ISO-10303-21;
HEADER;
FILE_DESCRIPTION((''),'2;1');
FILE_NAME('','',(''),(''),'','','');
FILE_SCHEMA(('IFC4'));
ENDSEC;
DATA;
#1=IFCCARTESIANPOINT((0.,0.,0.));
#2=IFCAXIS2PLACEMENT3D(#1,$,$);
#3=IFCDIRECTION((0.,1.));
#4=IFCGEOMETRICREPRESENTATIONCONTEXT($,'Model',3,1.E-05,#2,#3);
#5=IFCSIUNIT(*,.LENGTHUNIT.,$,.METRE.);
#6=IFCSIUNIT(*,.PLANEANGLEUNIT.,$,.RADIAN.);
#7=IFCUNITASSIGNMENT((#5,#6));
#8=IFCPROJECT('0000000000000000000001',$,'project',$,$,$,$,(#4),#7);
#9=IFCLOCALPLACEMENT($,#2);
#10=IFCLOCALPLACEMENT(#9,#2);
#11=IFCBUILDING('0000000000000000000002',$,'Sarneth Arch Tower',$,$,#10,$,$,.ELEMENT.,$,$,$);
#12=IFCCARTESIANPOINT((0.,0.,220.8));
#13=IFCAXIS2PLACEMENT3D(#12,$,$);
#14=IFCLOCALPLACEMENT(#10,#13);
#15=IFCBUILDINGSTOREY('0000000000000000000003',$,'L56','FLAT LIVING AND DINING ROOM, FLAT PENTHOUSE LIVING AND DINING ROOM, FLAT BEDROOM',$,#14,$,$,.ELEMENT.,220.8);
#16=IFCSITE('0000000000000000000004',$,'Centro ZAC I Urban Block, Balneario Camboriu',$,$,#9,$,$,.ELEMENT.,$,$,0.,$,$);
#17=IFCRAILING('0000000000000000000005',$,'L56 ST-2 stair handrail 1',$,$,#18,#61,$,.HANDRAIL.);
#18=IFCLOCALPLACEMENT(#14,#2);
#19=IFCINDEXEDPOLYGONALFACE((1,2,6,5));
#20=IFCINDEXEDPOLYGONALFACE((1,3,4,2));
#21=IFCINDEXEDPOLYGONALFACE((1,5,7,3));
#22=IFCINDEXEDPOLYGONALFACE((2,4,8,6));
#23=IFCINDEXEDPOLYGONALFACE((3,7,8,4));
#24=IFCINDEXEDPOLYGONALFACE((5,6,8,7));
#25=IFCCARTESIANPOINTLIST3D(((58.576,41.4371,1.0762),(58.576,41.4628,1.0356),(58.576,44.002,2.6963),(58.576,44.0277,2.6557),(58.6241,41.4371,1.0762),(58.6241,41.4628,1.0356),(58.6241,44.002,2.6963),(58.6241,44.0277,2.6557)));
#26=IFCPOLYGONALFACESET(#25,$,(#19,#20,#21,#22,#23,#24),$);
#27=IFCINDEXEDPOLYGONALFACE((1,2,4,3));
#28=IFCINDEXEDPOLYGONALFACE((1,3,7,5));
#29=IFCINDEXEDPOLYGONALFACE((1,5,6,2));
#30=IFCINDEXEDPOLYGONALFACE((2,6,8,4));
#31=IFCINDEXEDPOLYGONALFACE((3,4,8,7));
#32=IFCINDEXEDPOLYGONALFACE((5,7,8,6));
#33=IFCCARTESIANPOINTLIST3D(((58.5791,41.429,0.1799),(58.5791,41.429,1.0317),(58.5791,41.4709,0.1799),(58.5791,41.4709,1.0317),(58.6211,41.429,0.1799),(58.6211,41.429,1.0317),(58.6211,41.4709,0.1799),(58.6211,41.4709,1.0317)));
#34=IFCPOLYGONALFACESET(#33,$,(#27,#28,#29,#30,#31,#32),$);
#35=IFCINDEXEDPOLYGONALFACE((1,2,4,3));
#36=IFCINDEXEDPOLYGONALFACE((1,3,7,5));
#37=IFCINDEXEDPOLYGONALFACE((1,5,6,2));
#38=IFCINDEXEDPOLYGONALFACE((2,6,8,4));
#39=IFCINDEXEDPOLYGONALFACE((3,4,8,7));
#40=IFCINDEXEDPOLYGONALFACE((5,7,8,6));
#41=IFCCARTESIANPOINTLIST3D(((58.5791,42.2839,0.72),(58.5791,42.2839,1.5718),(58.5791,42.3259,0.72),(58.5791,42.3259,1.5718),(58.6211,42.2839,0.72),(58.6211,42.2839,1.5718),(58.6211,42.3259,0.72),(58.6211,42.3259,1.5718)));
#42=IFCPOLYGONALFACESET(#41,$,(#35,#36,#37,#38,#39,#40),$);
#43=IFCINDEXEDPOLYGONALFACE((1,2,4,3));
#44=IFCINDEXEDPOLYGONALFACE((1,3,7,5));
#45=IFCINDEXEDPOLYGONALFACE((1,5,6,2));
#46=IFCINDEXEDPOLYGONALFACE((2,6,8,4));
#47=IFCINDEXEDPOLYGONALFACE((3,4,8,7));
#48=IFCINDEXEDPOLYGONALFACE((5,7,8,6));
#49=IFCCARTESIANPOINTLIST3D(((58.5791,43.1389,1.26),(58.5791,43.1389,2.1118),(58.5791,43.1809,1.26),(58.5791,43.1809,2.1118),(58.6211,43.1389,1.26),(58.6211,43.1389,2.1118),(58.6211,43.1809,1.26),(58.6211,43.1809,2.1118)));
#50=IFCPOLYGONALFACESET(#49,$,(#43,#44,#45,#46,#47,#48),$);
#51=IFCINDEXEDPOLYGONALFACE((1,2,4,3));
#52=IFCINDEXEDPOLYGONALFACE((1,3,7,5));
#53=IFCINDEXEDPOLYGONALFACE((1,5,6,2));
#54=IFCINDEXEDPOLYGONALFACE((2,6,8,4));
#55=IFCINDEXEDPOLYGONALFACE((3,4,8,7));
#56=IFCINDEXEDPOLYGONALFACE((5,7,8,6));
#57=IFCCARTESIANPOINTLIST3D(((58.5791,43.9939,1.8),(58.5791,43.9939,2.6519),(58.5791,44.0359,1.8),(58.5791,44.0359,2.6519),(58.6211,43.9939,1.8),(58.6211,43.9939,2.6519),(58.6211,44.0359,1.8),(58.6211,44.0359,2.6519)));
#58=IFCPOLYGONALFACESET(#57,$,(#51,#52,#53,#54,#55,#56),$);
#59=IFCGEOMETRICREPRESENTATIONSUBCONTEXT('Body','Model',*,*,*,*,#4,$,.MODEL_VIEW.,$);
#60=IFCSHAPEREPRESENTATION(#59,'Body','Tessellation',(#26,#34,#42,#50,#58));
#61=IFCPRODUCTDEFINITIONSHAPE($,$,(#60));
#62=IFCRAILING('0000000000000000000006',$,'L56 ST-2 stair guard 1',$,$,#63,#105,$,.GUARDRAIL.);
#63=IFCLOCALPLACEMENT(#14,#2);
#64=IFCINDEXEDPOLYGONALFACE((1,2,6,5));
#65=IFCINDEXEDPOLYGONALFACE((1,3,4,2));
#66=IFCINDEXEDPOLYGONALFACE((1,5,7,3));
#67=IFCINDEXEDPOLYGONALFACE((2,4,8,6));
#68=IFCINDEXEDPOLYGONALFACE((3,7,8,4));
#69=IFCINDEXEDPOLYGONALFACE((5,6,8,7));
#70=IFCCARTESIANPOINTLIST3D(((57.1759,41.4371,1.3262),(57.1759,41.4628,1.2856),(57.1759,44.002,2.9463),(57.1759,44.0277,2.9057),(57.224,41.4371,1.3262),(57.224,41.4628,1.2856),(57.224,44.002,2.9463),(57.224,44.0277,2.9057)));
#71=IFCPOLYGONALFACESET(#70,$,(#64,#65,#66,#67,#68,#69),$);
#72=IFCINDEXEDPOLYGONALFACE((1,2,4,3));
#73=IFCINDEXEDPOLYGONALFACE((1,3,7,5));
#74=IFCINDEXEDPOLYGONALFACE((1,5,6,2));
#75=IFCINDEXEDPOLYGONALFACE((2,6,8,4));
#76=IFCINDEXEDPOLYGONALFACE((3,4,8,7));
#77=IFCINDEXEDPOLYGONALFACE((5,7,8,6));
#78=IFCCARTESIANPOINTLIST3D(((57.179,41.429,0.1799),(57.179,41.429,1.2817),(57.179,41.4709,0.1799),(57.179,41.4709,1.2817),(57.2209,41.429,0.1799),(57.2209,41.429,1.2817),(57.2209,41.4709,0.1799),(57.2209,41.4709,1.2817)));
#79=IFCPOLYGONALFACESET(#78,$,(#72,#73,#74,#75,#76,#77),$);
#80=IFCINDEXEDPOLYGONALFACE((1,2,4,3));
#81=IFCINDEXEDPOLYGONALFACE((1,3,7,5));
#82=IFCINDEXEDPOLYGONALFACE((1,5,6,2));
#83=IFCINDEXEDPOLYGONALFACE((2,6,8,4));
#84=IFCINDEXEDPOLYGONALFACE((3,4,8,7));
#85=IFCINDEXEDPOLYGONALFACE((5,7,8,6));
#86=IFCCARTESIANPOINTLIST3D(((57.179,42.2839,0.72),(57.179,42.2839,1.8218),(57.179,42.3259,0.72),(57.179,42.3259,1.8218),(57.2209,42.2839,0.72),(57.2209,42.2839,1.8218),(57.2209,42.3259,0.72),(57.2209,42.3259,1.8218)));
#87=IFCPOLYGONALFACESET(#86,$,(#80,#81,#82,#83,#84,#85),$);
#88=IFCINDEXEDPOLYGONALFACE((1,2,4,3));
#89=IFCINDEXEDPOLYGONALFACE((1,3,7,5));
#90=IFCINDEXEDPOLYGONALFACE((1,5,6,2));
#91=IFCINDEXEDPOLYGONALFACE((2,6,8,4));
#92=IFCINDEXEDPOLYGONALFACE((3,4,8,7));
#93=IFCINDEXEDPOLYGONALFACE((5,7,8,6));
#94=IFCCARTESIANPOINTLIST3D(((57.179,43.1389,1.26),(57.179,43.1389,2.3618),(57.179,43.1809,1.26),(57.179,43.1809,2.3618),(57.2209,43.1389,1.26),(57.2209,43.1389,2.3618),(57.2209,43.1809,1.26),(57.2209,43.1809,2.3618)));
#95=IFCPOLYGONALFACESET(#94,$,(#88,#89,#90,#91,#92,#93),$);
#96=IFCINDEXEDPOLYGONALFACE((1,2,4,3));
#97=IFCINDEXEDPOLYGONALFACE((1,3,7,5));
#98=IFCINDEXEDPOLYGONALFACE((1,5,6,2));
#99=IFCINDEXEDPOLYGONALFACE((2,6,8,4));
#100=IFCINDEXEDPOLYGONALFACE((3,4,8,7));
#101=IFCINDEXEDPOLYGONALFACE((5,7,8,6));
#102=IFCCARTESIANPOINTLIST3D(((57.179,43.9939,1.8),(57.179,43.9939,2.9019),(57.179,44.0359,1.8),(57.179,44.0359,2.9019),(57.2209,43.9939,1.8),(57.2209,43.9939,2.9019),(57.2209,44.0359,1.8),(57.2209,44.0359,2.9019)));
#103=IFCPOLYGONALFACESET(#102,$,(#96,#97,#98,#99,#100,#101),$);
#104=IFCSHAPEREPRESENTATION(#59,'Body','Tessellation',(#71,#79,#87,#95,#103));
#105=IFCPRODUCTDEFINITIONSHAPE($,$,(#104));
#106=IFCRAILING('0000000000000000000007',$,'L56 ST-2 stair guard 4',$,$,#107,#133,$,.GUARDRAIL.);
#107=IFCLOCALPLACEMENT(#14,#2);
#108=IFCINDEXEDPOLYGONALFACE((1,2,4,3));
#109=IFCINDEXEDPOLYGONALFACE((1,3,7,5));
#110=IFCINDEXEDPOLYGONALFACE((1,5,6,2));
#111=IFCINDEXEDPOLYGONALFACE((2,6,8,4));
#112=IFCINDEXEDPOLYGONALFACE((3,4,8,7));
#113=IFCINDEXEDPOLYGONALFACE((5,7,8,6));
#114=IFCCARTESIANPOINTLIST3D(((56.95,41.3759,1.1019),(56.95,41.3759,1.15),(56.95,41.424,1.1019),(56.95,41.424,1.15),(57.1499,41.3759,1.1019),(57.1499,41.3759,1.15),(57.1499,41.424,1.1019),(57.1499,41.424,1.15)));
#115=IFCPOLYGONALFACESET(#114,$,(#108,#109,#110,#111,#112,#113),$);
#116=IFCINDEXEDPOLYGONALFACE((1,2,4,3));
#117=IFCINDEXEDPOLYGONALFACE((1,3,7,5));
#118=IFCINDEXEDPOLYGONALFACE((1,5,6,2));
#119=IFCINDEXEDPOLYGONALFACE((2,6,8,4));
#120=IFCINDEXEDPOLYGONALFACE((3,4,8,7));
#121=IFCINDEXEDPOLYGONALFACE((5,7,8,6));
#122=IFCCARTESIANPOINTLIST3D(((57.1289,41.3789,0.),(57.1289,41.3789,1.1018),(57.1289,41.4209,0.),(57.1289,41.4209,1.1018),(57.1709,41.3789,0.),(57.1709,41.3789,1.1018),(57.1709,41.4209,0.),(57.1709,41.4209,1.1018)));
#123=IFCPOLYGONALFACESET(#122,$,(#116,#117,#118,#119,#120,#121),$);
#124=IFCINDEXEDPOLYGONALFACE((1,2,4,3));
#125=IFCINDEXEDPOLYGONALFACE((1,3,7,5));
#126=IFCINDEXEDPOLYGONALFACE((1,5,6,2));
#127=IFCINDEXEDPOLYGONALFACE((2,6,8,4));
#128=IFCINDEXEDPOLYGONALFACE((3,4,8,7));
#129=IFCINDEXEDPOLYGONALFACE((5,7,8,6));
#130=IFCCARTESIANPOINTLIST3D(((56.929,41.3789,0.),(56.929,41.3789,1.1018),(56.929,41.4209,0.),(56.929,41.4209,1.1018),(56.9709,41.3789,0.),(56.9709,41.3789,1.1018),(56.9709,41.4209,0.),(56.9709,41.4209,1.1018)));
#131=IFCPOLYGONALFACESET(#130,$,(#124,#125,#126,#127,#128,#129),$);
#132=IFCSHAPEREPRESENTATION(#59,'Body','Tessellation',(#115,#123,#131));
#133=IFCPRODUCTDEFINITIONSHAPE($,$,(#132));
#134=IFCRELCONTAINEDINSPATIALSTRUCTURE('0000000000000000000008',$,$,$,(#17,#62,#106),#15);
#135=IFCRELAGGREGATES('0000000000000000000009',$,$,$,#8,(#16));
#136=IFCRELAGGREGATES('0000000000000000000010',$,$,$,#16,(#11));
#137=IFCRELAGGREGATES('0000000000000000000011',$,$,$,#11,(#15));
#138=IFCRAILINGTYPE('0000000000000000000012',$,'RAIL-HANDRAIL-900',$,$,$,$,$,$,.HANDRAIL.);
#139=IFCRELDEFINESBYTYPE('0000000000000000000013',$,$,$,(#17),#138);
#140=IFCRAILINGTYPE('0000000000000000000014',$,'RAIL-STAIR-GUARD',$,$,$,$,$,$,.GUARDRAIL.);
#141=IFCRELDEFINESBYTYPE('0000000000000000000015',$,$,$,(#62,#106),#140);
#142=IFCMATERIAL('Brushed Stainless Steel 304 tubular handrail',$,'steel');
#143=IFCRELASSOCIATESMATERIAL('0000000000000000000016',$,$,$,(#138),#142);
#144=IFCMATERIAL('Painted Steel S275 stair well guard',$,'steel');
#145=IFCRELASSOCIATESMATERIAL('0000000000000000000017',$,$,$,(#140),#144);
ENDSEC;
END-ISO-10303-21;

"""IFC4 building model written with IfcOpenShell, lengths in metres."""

from ifc_helpers import new_model, si_unit, direction, frame, origin, origin_2d, place, context, subcontext, project, spatial, rectangle, extrude, material, type_object, element, save


model = new_model("IFC4")

# Units and contexts
model_context = context("Model", 3, precision=1e-05, world=origin(), true_north=direction((0.0, 1.0)))
body_context = subcontext(model_context, "Body", "Model", "MODEL_VIEW")
ifc_project = project(units=[si_unit("LENGTHUNIT", "METRE"), si_unit("PLANEANGLEUNIT", "RADIAN")], contexts=[model_context])

# Site, building, storey
site_placement = place(None, origin())
site = spatial("IfcSite", under=ifc_project, at=site_placement, Name="Centro ZAC I Urban Block, Balneario Camboriu", CompositionType="ELEMENT", RefElevation=0.0)
building_placement = place(site_placement, origin())
building = spatial("IfcBuilding", under=site, at=building_placement, Name="Sarneth Arch Tower", CompositionType="ELEMENT")
storey_placement = place(building_placement, frame((0.0, 0.0, 220.8)))
storey = spatial("IfcBuildingStorey", under=building, at=storey_placement, Name="L56", Description="FLAT LIVING AND DINING ROOM, FLAT PENTHOUSE LIVING AND DINING ROOM, FLAT BEDROOM", CompositionType="ELEMENT", Elevation=220.8)

# Railings
ifc_material_1 = material(Name="Brushed Stainless Steel 304 tubular handrail", Category="steel")
railing_type_1 = type_object("IfcRailingType", Name="RAIL-HANDRAIL-900", PredefinedType="HANDRAIL", material=ifc_material_1)
railing_1_placement = place(storey_placement, frame((58.6001, 41.45, 0.1799)))
element("IfcRailing", 1, at=railing_1_placement, inside=storey, type_object=railing_type_1, Name="L56 ST-2 stair handrail 1", PredefinedType="HANDRAIL", context=body_context, shape_type="SweptSolid", body=[
    extrude(rectangle(XDim=0.0481, YDim=0.0481, at=origin_2d()), frame((0.0, 0.0, 0.876), z_axis=(0.0, 0.845466, 0.534029), x_axis=(-1.0, 0.0, 0.0)), (0.0, 0.0, 1.0), 3.0337),
    extrude(rectangle(XDim=0.042, YDim=0.042, at=origin_2d()), origin(), (0.0, 0.0, 1.0), 0.8518),
    extrude(rectangle(XDim=0.042, YDim=0.042, at=origin_2d()), frame((0.0, 0.855, 0.54)), (0.0, 0.0, 1.0), 0.8518),
    extrude(rectangle(XDim=0.042, YDim=0.042, at=origin_2d()), frame((0.0, 1.71, 1.0801)), (0.0, 0.0, 1.0), 0.8518),
    extrude(rectangle(XDim=0.042, YDim=0.042, at=origin_2d()), frame((0.0, 2.5649, 1.6201)), (0.0, 0.0, 1.0), 0.8518),
])
ifc_material_2 = material(Name="Painted Steel S275 stair well guard", Category="steel")
railing_type_2 = type_object("IfcRailingType", Name="RAIL-STAIR-GUARD", PredefinedType="GUARDRAIL", material=ifc_material_2)
railing_2_placement = place(storey_placement, frame((57.2, 41.45, 0.1799)))
element("IfcRailing", 2, at=railing_2_placement, inside=storey, type_object=railing_type_2, Name="L56 ST-2 stair guard 1", PredefinedType="GUARDRAIL", context=body_context, shape_type="SweptSolid", body=[
    extrude(rectangle(XDim=0.0481, YDim=0.0481, at=origin_2d()), frame((0.0, 0.0, 1.126), z_axis=(0.0, 0.845466, 0.534029), x_axis=(-1.0, 0.0, 0.0)), (0.0, 0.0, 1.0), 3.0337),
    extrude(rectangle(XDim=0.042, YDim=0.042, at=origin_2d()), origin(), (0.0, 0.0, 1.0), 1.1018),
    extrude(rectangle(XDim=0.042, YDim=0.042, at=origin_2d()), frame((0.0, 0.855, 0.54)), (0.0, 0.0, 1.0), 1.1018),
    extrude(rectangle(XDim=0.042, YDim=0.042, at=origin_2d()), frame((0.0, 1.71, 1.0801)), (0.0, 0.0, 1.0), 1.1018),
    extrude(rectangle(XDim=0.042, YDim=0.042, at=origin_2d()), frame((0.0, 2.5649, 1.6201)), (0.0, 0.0, 1.0), 1.1018),
])
railing_3_placement = place(storey_placement, frame((57.1499, 41.3999, 0.0)))
element("IfcRailing", 3, at=railing_3_placement, inside=storey, type_object=railing_type_2, Name="L56 ST-2 stair guard 4", PredefinedType="GUARDRAIL", context=body_context, shape_type="SweptSolid", body=[
    extrude(rectangle(XDim=0.0481, YDim=0.0481, at=origin_2d()), frame((0.0, 0.0, 1.126), z_axis=(-1.0, 0.0, 0.0), x_axis=(0.0, -1.0, 0.0)), (0.0, 0.0, 1.0), 0.2),
    extrude(rectangle(XDim=0.042, YDim=0.042, at=origin_2d()), origin(), (0.0, 0.0, 1.0), 1.1018),
    extrude(rectangle(XDim=0.042, YDim=0.042, at=origin_2d()), frame((-0.2, 0.0, 0.0)), (0.0, 0.0, 1.0), 1.1018),
])

save(model, "model.ifc")
